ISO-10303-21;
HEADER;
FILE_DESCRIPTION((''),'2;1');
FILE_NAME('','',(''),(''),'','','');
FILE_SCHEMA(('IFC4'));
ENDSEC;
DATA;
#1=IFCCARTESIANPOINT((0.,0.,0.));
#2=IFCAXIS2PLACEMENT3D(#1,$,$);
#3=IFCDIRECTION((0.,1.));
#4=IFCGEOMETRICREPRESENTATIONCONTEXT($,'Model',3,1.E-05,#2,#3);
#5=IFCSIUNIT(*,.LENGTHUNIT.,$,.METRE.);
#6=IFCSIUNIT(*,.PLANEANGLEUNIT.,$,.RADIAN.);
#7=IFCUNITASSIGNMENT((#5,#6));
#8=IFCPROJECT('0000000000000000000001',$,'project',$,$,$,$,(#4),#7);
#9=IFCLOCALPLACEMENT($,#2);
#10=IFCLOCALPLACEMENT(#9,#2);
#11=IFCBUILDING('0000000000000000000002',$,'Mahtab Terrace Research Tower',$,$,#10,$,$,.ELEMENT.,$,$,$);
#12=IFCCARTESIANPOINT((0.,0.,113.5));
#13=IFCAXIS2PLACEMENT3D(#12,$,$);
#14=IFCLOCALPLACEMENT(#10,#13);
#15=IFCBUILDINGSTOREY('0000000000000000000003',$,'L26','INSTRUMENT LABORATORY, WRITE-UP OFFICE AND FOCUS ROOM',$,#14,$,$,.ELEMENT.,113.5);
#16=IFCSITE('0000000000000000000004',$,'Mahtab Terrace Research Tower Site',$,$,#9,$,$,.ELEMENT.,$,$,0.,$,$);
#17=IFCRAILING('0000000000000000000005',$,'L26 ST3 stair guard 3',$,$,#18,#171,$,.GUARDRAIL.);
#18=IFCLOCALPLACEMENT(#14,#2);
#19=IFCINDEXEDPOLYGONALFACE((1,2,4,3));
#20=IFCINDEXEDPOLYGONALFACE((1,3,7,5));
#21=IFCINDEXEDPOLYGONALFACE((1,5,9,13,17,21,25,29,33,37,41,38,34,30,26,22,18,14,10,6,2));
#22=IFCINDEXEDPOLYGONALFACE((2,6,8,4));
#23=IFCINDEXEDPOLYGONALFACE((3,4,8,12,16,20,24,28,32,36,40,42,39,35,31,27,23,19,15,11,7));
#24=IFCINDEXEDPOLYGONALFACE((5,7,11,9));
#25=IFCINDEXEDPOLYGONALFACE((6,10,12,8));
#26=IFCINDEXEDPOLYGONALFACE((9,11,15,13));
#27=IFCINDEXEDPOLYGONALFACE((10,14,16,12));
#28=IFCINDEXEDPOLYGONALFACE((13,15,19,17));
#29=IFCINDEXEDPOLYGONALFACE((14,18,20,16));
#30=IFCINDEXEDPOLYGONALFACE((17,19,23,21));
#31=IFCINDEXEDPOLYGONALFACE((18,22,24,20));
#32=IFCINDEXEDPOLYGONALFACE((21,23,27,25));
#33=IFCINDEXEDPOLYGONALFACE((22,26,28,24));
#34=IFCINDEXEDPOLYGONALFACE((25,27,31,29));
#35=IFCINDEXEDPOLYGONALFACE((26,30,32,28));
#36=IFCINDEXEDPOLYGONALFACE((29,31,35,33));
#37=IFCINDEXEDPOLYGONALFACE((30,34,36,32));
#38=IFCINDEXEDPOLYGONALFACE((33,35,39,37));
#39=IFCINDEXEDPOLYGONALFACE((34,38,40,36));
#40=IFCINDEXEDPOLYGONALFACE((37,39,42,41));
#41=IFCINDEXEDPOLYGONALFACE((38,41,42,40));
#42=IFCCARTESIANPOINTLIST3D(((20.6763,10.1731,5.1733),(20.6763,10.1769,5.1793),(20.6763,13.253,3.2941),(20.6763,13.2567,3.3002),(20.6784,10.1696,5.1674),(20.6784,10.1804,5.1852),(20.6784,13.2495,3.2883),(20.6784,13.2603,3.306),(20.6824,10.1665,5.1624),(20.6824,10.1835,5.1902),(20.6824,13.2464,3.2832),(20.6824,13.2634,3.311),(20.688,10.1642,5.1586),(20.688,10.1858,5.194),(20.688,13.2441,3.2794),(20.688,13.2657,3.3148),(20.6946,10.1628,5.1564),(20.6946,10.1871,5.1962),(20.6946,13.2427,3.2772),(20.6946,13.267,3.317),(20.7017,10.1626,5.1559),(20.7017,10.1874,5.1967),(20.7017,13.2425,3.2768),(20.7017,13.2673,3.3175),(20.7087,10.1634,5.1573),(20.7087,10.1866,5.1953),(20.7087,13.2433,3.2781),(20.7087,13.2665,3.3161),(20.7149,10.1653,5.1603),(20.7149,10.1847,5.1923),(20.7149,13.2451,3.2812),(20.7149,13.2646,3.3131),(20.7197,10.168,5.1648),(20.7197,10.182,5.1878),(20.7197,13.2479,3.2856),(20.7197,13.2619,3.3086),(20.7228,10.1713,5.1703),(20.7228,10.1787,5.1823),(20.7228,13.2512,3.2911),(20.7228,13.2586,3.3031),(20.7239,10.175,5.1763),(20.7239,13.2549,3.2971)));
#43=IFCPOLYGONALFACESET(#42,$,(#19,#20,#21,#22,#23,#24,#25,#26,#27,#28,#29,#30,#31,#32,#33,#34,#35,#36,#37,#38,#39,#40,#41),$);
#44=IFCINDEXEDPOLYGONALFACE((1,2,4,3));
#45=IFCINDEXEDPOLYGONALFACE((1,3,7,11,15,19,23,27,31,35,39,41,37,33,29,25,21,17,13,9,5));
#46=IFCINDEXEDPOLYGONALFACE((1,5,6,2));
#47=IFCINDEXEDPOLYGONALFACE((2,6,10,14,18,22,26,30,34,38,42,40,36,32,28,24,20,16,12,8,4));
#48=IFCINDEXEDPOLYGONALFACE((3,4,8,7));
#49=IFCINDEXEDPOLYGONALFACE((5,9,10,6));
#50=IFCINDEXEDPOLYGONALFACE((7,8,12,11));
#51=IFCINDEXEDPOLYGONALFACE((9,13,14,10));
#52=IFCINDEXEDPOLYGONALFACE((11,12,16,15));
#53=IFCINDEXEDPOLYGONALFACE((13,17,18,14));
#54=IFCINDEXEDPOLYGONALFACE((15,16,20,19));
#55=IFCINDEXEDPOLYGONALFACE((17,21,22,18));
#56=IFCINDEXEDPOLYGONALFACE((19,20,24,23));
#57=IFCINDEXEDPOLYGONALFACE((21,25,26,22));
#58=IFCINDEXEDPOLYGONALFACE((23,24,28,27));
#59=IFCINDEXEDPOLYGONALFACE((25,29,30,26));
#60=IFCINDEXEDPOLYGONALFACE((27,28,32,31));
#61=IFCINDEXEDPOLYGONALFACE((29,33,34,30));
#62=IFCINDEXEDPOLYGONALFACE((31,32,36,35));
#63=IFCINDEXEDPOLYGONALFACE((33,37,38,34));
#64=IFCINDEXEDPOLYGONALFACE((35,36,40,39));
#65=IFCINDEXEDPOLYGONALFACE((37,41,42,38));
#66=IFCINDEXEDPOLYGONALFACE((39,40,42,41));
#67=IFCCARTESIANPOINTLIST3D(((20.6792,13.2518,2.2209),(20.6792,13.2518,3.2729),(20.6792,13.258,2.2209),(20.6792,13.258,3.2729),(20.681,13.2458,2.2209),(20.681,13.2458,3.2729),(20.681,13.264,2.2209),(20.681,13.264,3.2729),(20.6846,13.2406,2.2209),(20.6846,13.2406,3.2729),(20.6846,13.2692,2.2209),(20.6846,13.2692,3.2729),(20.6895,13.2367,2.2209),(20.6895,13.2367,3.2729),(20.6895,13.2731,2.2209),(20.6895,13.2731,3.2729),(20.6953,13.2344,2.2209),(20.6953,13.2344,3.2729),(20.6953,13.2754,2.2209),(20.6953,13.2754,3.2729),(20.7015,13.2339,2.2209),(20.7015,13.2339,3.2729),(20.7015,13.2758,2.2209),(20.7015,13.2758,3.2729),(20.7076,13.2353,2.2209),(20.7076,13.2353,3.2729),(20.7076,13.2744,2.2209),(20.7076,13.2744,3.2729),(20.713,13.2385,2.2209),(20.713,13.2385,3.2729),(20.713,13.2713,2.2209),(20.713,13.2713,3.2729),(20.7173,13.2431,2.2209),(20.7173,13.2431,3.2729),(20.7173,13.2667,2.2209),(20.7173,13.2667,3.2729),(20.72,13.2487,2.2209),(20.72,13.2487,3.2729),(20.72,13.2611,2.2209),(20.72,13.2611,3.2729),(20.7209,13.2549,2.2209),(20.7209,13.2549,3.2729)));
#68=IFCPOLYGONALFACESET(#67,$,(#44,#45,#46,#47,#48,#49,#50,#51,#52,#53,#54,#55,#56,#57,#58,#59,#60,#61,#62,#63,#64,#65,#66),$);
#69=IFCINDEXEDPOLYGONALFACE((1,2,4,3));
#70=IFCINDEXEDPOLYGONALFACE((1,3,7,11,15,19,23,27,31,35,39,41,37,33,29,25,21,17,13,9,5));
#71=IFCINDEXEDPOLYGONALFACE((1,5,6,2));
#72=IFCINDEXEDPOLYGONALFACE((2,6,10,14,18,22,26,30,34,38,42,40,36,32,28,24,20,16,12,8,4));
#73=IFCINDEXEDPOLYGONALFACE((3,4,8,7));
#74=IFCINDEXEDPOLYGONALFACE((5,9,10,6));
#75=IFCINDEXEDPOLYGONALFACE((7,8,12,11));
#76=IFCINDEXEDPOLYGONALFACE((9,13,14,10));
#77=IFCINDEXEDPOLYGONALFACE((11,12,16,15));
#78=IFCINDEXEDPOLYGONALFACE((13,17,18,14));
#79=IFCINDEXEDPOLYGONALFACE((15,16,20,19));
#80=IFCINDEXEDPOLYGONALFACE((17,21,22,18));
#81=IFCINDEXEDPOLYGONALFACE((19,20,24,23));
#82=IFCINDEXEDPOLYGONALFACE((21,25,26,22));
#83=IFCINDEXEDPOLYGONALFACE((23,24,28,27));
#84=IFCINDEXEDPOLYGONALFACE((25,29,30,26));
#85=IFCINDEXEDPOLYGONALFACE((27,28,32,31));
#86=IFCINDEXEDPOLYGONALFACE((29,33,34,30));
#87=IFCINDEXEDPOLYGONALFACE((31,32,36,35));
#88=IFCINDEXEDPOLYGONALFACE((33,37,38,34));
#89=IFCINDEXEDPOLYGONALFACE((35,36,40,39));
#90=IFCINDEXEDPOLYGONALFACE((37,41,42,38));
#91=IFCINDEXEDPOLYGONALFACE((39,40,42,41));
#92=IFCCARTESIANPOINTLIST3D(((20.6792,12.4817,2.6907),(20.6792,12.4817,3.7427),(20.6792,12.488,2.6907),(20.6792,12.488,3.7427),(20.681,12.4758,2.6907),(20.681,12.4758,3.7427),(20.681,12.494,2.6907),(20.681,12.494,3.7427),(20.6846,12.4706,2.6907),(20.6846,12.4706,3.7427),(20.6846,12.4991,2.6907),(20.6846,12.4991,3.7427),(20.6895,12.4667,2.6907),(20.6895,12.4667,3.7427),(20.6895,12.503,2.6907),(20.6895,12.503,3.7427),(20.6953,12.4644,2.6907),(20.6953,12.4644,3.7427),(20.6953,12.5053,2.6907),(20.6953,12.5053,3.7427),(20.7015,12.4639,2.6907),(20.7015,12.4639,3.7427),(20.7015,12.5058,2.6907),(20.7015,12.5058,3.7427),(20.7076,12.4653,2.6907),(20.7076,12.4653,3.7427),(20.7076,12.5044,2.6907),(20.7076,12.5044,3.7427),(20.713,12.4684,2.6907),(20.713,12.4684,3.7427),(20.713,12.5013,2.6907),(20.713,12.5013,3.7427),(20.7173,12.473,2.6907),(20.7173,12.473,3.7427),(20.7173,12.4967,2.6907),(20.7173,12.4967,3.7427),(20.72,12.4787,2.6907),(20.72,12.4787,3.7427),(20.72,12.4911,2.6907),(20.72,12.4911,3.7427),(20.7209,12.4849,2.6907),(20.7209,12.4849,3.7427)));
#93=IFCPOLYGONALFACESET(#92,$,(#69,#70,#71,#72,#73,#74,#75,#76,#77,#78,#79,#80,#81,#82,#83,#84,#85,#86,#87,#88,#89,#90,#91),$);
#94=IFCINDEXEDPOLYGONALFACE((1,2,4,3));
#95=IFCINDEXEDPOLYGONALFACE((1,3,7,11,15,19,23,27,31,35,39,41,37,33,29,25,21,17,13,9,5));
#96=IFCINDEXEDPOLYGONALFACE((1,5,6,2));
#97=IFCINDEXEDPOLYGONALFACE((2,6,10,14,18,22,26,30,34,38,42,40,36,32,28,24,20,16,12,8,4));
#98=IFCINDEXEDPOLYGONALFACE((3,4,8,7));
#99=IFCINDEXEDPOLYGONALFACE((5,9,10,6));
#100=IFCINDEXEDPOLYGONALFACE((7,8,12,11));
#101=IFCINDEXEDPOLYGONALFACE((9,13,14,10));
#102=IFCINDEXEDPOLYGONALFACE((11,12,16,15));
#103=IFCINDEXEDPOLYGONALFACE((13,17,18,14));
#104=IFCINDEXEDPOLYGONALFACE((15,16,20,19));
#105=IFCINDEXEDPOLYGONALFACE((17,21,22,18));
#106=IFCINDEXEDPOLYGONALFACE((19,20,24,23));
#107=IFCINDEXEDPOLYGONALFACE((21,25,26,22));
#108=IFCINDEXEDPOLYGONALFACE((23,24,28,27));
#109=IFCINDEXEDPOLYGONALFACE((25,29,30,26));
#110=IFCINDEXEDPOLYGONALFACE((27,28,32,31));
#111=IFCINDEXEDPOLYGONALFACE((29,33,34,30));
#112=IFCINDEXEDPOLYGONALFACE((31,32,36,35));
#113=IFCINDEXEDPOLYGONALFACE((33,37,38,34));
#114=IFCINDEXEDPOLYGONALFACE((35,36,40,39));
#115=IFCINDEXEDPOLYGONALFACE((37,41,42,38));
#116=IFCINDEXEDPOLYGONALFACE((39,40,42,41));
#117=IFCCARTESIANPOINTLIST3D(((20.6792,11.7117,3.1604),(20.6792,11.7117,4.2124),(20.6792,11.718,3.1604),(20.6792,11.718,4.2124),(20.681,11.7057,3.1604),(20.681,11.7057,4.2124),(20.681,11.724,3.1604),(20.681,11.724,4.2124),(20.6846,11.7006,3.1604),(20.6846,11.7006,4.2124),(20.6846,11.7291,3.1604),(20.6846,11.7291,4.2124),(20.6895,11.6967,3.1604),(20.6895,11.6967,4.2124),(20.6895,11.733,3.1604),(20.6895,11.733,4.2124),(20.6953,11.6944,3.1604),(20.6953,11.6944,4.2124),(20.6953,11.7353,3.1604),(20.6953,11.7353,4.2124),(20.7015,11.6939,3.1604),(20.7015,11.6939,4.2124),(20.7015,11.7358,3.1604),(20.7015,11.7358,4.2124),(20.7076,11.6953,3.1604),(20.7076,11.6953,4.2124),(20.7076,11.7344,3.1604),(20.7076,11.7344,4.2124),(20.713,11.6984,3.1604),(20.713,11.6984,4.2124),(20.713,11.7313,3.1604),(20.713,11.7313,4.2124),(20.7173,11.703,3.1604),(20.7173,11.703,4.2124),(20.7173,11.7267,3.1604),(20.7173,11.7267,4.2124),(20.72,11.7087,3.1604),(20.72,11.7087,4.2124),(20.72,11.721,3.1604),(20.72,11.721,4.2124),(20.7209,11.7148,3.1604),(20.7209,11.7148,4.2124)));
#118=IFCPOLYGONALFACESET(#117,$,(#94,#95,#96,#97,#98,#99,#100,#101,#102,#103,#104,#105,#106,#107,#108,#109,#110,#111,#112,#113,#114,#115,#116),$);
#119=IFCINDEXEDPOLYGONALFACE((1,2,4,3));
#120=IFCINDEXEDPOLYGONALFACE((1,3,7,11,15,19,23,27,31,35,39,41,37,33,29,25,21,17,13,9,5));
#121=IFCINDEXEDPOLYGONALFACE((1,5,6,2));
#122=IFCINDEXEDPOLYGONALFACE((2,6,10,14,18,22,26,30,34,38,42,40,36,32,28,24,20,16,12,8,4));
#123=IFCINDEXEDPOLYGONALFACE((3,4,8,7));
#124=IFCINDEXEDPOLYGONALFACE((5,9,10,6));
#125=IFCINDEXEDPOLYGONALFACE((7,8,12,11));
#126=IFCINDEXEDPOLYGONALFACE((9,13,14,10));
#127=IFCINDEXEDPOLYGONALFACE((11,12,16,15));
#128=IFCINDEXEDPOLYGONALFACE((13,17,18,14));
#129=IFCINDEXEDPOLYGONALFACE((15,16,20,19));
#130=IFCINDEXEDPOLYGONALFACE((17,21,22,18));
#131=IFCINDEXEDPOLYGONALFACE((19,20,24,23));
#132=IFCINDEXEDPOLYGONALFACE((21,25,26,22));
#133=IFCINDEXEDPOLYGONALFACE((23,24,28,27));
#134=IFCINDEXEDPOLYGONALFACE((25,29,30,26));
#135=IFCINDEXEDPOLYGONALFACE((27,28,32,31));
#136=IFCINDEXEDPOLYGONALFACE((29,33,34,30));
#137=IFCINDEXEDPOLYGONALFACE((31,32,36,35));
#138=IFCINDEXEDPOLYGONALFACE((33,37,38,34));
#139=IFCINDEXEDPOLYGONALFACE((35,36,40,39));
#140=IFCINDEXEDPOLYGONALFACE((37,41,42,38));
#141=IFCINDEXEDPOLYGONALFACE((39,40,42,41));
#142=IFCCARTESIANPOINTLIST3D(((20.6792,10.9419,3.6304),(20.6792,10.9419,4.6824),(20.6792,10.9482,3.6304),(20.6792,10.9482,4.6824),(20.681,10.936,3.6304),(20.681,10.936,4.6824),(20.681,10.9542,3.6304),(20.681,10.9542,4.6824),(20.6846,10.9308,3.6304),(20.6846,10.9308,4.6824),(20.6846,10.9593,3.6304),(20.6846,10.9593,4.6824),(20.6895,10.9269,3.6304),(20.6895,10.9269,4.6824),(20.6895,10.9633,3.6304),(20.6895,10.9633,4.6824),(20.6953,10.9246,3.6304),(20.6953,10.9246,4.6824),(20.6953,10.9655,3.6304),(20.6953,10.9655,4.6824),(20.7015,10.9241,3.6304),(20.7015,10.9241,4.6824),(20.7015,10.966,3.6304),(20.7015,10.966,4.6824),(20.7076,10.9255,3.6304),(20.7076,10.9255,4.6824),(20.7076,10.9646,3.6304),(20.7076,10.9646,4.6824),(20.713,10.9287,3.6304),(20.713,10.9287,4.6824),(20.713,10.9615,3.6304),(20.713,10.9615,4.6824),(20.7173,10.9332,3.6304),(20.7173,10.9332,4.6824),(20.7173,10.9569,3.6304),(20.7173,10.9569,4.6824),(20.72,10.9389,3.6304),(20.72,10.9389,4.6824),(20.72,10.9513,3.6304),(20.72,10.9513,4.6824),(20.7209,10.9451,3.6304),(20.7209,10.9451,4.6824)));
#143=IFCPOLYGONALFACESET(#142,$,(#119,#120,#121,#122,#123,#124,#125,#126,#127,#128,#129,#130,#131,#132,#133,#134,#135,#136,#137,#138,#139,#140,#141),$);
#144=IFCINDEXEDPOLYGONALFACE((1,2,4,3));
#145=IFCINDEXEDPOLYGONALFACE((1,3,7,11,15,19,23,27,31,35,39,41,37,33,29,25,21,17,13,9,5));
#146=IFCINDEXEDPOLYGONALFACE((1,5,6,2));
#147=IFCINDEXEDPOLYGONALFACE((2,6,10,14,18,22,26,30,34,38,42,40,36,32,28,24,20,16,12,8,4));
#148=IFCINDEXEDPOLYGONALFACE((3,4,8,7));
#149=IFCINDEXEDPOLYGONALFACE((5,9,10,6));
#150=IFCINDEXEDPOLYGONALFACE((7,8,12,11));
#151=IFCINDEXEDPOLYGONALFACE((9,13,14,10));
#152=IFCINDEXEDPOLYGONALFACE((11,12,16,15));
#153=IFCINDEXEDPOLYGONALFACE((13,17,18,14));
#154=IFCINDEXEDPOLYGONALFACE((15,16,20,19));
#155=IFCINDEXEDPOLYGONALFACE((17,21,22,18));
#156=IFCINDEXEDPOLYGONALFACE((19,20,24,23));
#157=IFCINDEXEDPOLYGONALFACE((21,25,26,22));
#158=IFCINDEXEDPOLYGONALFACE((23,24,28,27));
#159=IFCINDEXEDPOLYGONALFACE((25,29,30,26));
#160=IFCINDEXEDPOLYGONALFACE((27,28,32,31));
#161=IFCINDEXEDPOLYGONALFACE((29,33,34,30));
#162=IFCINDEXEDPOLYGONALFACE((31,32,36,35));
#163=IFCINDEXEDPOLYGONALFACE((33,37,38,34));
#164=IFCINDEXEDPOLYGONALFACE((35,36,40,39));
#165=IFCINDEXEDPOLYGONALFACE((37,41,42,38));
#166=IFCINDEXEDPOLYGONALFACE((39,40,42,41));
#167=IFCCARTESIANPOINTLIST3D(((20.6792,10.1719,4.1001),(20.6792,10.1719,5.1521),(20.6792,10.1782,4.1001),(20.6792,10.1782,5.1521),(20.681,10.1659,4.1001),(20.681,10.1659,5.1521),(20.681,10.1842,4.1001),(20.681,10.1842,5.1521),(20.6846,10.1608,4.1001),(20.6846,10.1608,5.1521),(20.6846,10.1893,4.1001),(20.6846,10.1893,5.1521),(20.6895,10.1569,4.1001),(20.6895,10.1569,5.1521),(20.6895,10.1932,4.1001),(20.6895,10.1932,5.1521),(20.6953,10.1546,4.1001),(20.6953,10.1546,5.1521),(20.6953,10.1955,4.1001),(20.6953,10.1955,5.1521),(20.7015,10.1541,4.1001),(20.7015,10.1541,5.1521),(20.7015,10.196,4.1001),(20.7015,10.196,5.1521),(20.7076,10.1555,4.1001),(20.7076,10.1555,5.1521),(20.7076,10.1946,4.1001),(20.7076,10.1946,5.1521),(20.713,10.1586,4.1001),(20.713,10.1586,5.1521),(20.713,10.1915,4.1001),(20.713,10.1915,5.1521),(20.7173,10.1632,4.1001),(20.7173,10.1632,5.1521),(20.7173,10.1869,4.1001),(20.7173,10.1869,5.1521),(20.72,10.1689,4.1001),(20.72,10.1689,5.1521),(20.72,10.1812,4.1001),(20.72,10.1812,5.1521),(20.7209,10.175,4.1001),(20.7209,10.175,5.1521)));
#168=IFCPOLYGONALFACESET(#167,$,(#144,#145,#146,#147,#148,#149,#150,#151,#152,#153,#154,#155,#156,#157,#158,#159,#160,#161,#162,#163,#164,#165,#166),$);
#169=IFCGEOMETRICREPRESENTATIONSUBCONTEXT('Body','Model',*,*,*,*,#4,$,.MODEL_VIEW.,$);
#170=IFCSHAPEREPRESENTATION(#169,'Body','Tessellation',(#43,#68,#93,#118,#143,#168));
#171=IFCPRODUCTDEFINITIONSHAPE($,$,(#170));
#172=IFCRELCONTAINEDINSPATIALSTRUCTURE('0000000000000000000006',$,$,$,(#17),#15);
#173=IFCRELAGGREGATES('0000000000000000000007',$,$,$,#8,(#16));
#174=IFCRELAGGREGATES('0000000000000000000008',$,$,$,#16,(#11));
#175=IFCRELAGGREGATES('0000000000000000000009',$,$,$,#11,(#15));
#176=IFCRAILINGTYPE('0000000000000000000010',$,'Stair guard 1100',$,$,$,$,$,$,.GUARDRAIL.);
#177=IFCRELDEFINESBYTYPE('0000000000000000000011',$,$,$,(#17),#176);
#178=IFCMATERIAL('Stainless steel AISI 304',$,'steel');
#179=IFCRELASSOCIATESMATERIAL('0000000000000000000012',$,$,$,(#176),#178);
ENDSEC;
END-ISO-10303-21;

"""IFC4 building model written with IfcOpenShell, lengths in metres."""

from ifc_helpers import new_model, si_unit, direction, frame, origin, origin_2d, place, context, subcontext, project, spatial, circle, extrude, material, type_object, element, save


model = new_model("IFC4")

# Units and contexts
model_context = context("Model", 3, precision=1e-05, world=origin(), true_north=direction((0.0, 1.0)))
body_context = subcontext(model_context, "Body", "Model", "MODEL_VIEW")
ifc_project = project(units=[si_unit("LENGTHUNIT", "METRE"), si_unit("PLANEANGLEUNIT", "RADIAN")], contexts=[model_context])

# Site, building, storey
site_placement = place(None, origin())
site = spatial("IfcSite", under=ifc_project, at=site_placement, Name="Mahtab Terrace Research Tower Site", CompositionType="ELEMENT", RefElevation=0.0)
building_placement = place(site_placement, origin())
building = spatial("IfcBuilding", under=site, at=building_placement, Name="Mahtab Terrace Research Tower", CompositionType="ELEMENT")
storey_placement = place(building_placement, frame((0.0, 0.0, 113.5)))
storey = spatial("IfcBuildingStorey", under=building, at=storey_placement, Name="L26", Description="INSTRUMENT LABORATORY, WRITE-UP OFFICE AND FOCUS ROOM", CompositionType="ELEMENT", Elevation=113.5)

# Shared definitions
ifc_material_1 = material(Name="Stainless steel AISI 304", Category="steel")

# Railing
railing_type_1 = type_object("IfcRailingType", Name="Stair guard 1100", PredefinedType="GUARDRAIL", material=ifc_material_1)
railing_1_placement = place(storey_placement, frame((20.7, 13.2549, 2.2209)))
element("IfcRailing", 1, at=railing_1_placement, inside=storey, type_object=railing_type_1, Name="L26 ST3 stair guard 3", PredefinedType="GUARDRAIL", context=body_context, shape_type="SweptSolid", body=[
    extrude(circle(Radius=0.0239, at=origin_2d()), frame((0.0, 0.0, 1.0762), z_axis=(0.0, -0.853648, 0.52085), x_axis=(1.0, 0.0, 0.0)), (0.0, 0.0, 1.0), 3.6079),
    extrude(circle(Radius=0.021, at=origin_2d()), origin(), (0.0, 0.0, 1.0), 1.052),
    extrude(circle(Radius=0.021, at=origin_2d()), frame((0.0, -0.77, 0.4697)), (0.0, 0.0, 1.0), 1.052),
    extrude(circle(Radius=0.021, at=origin_2d()), frame((0.0, -1.54, 0.9395)), (0.0, 0.0, 1.0), 1.052),
    extrude(circle(Radius=0.021, at=origin_2d()), frame((0.0, -2.3098, 1.4094)), (0.0, 0.0, 1.0), 1.052),
    extrude(circle(Radius=0.021, at=origin_2d()), frame((0.0, -3.0798, 1.8792)), (0.0, 0.0, 1.0), 1.052),
])

save(model, "model.ifc")
